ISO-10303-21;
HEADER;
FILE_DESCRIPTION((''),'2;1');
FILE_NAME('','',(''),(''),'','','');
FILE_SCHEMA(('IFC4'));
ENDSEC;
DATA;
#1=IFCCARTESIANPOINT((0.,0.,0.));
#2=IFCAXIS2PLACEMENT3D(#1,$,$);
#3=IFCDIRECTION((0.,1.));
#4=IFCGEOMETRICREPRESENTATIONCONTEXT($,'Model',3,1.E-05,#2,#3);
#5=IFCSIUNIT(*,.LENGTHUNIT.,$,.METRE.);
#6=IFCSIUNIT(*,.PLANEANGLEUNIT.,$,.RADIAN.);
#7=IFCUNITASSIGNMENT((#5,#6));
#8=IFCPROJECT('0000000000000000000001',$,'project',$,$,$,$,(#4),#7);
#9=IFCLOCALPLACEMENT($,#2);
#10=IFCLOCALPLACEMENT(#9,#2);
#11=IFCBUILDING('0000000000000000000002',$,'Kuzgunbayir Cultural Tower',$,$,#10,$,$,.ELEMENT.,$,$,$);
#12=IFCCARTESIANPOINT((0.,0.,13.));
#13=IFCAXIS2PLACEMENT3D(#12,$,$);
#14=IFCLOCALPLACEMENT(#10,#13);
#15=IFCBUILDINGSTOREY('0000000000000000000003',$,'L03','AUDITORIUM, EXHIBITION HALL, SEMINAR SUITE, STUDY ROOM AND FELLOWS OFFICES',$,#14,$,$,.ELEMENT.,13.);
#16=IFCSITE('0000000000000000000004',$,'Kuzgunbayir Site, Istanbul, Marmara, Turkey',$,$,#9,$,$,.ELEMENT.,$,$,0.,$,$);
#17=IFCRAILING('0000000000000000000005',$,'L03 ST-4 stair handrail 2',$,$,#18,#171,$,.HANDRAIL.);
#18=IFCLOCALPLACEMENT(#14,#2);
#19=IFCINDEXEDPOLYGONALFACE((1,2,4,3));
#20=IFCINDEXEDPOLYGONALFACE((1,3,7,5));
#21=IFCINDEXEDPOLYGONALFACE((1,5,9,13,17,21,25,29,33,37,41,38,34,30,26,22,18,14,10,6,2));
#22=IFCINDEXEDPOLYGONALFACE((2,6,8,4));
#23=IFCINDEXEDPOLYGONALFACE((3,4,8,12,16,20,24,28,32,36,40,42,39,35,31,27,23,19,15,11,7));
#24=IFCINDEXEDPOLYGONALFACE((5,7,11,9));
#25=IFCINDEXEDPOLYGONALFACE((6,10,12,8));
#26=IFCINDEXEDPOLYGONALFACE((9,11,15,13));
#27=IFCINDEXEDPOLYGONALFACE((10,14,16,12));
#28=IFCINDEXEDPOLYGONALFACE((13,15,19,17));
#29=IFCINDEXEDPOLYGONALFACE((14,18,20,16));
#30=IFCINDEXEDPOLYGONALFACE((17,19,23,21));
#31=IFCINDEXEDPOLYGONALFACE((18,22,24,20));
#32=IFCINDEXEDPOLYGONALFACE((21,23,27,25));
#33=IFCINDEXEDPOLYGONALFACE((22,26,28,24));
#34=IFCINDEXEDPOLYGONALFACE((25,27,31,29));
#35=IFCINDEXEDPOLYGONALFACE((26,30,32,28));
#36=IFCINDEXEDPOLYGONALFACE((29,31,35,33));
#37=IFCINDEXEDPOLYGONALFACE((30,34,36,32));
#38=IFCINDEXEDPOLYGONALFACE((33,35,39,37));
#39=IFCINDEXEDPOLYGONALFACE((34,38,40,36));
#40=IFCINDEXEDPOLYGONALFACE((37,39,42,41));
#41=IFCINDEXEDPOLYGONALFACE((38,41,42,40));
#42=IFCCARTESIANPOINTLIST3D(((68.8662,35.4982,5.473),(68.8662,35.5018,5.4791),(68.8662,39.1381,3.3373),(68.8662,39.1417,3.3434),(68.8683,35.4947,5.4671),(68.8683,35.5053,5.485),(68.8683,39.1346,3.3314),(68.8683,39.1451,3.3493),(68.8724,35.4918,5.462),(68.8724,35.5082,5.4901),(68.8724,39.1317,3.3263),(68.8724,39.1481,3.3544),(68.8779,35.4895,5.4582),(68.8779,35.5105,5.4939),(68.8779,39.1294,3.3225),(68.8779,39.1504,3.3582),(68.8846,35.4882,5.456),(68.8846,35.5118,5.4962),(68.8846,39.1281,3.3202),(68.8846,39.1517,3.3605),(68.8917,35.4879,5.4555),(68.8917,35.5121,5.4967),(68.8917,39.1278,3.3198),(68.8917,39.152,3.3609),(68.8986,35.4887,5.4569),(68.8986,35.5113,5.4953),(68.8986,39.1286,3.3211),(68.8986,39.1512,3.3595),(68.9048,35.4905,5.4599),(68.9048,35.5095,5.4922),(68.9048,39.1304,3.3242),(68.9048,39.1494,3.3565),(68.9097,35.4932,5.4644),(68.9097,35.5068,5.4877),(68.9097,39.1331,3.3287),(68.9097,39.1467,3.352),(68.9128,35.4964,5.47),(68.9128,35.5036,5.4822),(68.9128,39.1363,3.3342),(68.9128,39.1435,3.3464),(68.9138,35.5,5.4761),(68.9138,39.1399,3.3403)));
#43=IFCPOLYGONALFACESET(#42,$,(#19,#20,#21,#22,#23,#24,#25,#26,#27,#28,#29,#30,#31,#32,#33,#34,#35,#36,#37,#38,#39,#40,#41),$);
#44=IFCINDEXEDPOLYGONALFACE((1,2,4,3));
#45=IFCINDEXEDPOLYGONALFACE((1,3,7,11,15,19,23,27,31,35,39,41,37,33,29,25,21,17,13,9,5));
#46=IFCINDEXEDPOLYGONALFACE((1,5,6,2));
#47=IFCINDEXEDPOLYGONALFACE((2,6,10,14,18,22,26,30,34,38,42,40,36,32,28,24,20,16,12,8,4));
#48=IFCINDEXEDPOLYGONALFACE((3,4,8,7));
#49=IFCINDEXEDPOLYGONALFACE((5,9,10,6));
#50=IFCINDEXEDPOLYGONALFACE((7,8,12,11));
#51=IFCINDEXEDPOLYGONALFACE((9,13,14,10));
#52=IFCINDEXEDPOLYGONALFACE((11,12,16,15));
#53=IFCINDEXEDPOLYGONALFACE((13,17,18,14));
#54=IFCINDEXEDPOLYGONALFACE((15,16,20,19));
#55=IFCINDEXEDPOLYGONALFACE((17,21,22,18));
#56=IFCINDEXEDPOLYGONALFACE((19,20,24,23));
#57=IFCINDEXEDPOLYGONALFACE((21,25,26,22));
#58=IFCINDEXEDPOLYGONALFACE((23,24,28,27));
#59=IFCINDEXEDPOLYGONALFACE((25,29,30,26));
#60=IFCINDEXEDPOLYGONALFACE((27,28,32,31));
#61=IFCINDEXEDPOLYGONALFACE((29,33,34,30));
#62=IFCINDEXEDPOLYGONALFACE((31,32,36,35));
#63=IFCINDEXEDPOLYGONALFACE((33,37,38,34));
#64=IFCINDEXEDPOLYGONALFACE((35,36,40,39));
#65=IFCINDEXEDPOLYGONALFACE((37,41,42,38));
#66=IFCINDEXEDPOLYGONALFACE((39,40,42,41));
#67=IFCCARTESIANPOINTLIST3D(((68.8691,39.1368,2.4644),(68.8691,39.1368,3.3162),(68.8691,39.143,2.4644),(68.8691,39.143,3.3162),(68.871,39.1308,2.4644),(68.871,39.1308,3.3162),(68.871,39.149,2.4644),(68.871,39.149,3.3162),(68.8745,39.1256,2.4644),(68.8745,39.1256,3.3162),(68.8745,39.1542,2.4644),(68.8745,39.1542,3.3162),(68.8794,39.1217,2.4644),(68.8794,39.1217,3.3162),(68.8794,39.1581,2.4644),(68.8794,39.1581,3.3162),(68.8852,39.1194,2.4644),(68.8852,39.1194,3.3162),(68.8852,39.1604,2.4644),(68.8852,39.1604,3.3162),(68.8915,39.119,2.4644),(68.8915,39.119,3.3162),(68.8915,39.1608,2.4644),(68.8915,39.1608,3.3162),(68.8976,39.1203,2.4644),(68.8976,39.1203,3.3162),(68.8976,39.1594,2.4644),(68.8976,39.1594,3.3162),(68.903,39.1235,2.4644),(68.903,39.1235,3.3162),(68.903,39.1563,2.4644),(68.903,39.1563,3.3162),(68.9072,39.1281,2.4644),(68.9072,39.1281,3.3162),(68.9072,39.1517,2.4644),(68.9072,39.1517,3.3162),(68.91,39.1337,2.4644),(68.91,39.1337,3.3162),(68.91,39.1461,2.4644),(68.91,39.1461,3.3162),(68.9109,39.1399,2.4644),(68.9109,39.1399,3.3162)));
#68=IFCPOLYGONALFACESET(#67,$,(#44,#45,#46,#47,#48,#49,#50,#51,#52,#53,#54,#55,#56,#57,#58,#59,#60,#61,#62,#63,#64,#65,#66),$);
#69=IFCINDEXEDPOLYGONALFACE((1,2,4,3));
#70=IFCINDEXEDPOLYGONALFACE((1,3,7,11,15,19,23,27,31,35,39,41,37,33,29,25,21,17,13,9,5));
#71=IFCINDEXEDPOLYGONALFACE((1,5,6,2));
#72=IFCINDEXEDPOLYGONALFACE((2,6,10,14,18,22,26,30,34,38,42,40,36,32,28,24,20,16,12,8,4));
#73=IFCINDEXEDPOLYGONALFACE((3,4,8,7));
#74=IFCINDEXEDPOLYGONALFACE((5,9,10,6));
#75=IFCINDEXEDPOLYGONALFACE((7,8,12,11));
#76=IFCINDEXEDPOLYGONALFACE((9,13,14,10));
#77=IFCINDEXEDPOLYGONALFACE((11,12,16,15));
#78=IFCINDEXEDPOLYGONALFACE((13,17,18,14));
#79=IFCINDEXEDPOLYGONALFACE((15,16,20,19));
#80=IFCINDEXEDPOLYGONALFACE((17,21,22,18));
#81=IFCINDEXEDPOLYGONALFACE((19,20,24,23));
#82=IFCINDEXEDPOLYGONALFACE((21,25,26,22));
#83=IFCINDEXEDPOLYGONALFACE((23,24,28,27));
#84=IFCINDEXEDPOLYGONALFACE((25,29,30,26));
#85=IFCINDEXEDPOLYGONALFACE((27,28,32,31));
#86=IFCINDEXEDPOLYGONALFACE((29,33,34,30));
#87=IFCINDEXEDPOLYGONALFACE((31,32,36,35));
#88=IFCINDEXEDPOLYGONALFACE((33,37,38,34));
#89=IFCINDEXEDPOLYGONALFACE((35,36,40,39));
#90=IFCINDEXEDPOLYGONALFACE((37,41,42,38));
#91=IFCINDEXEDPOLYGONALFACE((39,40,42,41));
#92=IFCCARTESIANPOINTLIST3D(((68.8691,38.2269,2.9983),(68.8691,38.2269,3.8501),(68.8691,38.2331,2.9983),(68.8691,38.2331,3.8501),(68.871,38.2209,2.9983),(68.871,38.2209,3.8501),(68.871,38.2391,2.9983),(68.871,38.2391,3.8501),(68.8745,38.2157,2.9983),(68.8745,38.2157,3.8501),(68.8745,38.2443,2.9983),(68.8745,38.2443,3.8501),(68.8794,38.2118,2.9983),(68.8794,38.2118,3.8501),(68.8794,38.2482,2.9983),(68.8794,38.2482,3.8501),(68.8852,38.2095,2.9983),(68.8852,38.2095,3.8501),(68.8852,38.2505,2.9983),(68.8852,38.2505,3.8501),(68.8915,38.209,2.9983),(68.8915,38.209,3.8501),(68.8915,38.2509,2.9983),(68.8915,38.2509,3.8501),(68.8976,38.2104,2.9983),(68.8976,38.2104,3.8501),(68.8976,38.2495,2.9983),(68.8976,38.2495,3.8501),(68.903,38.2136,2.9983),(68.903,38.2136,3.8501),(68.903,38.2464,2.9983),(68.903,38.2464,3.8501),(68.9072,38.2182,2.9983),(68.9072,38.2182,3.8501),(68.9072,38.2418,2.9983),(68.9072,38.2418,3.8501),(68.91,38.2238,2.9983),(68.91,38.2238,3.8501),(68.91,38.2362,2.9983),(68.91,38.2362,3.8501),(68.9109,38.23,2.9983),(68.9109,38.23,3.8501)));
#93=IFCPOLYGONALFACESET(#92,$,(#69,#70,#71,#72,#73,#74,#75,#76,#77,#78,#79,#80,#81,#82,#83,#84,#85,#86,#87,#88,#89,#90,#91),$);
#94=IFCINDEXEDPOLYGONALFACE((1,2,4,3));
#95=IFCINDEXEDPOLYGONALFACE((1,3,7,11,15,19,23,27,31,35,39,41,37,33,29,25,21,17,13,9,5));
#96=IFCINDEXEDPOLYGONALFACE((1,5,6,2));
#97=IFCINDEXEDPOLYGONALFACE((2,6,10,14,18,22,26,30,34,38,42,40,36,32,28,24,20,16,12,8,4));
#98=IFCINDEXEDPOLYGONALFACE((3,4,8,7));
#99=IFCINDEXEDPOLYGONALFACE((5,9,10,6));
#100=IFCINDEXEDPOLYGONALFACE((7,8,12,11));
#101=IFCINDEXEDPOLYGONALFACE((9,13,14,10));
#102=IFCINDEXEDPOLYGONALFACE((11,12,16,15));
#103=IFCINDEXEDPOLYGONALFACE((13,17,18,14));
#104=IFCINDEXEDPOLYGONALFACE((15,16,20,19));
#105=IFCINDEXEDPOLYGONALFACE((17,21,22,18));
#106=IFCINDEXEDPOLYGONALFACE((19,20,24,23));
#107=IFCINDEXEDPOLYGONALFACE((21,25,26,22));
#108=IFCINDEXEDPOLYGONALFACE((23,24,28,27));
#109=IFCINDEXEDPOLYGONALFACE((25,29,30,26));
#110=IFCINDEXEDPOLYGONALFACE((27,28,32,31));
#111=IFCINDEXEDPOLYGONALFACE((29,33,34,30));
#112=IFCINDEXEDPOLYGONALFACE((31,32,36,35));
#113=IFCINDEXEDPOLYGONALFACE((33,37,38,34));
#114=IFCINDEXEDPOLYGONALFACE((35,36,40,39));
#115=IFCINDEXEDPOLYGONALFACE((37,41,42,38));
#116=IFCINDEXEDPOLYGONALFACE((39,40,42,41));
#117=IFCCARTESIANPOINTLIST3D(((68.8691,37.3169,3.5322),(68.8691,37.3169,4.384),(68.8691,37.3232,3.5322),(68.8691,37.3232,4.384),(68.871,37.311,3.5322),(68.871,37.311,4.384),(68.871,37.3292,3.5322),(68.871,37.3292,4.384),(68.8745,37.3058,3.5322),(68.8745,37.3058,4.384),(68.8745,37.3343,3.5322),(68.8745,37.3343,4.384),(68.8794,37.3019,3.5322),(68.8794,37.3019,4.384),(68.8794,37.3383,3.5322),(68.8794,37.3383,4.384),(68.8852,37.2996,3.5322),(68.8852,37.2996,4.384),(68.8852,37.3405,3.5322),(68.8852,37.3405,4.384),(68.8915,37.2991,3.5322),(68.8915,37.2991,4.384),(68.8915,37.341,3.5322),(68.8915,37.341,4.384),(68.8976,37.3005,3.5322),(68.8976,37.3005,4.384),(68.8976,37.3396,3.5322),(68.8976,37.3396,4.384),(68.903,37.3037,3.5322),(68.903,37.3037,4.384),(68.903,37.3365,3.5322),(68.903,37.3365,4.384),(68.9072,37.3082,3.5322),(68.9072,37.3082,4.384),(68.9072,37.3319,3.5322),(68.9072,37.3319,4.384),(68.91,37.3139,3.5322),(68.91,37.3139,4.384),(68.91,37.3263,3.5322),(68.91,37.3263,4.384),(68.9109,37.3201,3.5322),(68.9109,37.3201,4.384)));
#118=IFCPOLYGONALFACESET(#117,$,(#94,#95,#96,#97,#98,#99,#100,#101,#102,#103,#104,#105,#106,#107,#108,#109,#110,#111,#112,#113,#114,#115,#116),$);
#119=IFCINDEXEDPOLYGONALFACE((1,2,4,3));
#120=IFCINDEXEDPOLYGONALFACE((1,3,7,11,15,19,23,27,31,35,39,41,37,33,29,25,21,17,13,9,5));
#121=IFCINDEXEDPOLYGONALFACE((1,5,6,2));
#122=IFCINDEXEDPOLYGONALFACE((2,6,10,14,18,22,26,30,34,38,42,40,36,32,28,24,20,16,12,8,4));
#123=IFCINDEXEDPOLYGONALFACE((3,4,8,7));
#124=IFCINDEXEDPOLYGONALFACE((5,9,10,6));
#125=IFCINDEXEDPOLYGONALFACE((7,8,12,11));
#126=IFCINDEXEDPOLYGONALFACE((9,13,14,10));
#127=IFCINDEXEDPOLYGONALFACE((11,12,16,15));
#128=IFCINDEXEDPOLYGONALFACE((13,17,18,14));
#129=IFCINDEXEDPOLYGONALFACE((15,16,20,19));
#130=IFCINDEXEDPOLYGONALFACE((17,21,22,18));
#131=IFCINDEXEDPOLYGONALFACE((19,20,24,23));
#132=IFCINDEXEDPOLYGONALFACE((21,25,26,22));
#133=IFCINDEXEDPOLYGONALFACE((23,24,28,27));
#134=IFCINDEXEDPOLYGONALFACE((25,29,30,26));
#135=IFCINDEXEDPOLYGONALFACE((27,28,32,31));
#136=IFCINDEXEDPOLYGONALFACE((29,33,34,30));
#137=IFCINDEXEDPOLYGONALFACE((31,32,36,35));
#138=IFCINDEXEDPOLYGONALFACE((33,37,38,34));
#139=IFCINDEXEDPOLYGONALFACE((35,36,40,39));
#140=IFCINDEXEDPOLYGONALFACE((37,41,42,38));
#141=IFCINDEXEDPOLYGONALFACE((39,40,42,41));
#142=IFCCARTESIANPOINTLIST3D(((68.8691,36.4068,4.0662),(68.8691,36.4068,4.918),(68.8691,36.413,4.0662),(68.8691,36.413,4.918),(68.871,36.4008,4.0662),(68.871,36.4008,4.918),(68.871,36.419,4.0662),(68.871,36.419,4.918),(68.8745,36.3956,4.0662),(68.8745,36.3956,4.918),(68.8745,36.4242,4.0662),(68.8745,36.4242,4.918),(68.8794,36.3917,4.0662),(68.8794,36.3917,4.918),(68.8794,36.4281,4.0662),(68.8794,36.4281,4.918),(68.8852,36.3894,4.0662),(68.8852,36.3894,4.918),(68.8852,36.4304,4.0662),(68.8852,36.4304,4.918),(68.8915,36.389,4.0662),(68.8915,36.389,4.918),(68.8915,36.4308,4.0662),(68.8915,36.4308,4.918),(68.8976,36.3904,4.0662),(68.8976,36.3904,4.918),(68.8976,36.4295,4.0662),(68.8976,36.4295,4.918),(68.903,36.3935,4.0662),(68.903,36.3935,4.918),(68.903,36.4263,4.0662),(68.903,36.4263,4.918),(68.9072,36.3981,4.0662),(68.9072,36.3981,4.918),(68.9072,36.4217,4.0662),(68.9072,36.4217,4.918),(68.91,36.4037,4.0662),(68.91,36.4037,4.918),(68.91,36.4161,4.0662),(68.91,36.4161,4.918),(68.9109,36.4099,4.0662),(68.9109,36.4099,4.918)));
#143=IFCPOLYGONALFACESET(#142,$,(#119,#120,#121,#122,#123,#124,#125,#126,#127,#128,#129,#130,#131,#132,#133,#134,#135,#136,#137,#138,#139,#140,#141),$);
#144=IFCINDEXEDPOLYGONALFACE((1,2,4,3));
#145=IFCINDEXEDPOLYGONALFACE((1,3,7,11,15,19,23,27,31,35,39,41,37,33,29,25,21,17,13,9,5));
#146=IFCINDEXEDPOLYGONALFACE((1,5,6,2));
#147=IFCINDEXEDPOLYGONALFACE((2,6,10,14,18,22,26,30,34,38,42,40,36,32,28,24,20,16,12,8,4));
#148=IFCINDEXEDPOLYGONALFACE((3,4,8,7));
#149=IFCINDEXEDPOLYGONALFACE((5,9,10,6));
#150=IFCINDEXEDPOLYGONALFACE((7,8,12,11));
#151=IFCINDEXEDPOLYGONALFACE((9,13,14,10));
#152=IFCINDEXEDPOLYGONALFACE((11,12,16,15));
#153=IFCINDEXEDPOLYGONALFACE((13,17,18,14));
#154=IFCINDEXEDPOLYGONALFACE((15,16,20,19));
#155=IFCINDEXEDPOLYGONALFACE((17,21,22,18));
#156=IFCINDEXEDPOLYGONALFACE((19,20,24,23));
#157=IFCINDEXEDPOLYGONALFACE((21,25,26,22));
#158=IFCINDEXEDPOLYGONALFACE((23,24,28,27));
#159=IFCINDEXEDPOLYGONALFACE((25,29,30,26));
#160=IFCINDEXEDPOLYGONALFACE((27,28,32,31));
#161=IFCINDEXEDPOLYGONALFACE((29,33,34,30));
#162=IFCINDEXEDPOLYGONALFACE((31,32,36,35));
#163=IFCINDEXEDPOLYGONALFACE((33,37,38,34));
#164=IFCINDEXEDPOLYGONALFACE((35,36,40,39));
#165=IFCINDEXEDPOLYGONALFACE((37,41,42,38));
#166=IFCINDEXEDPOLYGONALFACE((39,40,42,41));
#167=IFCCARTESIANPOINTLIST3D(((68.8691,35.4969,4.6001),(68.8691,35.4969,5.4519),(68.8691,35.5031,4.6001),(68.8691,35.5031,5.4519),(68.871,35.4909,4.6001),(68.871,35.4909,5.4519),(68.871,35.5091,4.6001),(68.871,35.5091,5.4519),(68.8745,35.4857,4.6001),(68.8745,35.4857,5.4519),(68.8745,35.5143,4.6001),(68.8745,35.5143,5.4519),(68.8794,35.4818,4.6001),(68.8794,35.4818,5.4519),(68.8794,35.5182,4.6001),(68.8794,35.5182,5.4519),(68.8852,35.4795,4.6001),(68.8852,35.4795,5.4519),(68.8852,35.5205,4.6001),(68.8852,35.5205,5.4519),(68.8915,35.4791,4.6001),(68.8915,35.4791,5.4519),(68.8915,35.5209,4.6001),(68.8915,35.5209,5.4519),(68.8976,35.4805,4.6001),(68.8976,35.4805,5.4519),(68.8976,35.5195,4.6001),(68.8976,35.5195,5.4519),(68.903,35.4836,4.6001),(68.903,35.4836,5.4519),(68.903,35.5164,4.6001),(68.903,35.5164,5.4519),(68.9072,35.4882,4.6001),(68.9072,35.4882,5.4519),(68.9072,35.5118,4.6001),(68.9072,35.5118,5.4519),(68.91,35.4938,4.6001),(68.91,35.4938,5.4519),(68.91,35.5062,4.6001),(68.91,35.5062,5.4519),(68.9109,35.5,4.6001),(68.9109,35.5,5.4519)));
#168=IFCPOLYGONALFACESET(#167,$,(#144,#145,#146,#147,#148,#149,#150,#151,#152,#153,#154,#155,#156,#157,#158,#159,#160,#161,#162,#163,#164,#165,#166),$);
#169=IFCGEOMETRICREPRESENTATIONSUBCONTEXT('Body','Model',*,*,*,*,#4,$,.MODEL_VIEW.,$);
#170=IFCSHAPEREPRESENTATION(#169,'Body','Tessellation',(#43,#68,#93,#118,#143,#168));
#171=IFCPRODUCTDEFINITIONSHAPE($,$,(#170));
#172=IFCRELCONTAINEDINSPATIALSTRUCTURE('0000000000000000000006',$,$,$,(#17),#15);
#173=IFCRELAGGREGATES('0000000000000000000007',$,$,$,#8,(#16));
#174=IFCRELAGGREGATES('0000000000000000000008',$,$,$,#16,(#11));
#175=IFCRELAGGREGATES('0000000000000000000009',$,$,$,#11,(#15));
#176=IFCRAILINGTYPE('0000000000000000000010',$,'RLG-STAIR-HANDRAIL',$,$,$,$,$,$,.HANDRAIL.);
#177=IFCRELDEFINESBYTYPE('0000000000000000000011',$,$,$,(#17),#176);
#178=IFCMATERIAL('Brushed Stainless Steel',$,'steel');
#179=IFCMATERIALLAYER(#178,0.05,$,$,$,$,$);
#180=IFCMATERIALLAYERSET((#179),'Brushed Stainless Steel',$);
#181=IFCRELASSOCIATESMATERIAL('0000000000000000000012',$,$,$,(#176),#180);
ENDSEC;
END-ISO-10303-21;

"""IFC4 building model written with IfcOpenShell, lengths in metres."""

from ifc_helpers import new_model, si_unit, direction, frame, origin, origin_2d, place, context, subcontext, project, spatial, circle, extrude, material, layer, layer_set, type_object, element, save


model = new_model("IFC4")

# Units and contexts
model_context = context("Model", 3, precision=1e-05, world=origin(), true_north=direction((0.0, 1.0)))
body_context = subcontext(model_context, "Body", "Model", "MODEL_VIEW")
ifc_project = project(units=[si_unit("LENGTHUNIT", "METRE"), si_unit("PLANEANGLEUNIT", "RADIAN")], contexts=[model_context])

# Site, building, storey
site_placement = place(None, origin())
site = spatial("IfcSite", under=ifc_project, at=site_placement, Name="Kuzgunbayir Site, Istanbul, Marmara, Turkey", CompositionType="ELEMENT", RefElevation=0.0)
building_placement = place(site_placement, origin())
building = spatial("IfcBuilding", under=site, at=building_placement, Name="Kuzgunbayir Cultural Tower", CompositionType="ELEMENT")
storey_placement = place(building_placement, frame((0.0, 0.0, 13.0)))
storey = spatial("IfcBuildingStorey", under=building, at=storey_placement, Name="L03", Description="AUDITORIUM, EXHIBITION HALL, SEMINAR SUITE, STUDY ROOM AND FELLOWS OFFICES", CompositionType="ELEMENT", Elevation=13.0)

# Shared definitions
ifc_material_1 = material(Name="Brushed Stainless Steel", Category="steel")

# Railing
ifc_layer_1 = layer(ifc_material_1, 0.05)
ifc_layer_set_1 = layer_set([ifc_layer_1], Name="Brushed Stainless Steel")
railing_type_1 = type_object("IfcRailingType", Name="RLG-STAIR-HANDRAIL", PredefinedType="HANDRAIL", material=ifc_layer_set_1)
railing_1_placement = place(storey_placement, frame((68.8899, 39.1399, 2.4644)))
element("IfcRailing", 1, at=railing_1_placement, inside=storey, type_object=railing_type_1, Name="L03 ST-4 stair handrail 2", PredefinedType="HANDRAIL", context=body_context, shape_type="SweptSolid", body=[
    extrude(circle(Radius=0.0239, at=origin_2d()), frame((0.0, 0.0, 0.876), z_axis=(0.0, -0.86249, 0.506074), x_axis=(1.0, 0.0, 0.0)), (0.0, 0.0, 1.0), 4.2202),
    extrude(circle(Radius=0.021, at=origin_2d()), origin(), (0.0, 0.0, 1.0), 0.8518),
    extrude(circle(Radius=0.021, at=origin_2d()), frame((0.0, -0.9099, 0.5339)), (0.0, 0.0, 1.0), 0.8518),
    extrude(circle(Radius=0.021, at=origin_2d()), frame((0.0, -1.8198, 1.0679)), (0.0, 0.0, 1.0), 0.8518),
    extrude(circle(Radius=0.021, at=origin_2d()), frame((0.0, -2.73, 1.6018)), (0.0, 0.0, 1.0), 0.8518),
    extrude(circle(Radius=0.021, at=origin_2d()), frame((0.0, -3.6399, 2.1357)), (0.0, 0.0, 1.0), 0.8518),
])

save(model, "model.ifc")
